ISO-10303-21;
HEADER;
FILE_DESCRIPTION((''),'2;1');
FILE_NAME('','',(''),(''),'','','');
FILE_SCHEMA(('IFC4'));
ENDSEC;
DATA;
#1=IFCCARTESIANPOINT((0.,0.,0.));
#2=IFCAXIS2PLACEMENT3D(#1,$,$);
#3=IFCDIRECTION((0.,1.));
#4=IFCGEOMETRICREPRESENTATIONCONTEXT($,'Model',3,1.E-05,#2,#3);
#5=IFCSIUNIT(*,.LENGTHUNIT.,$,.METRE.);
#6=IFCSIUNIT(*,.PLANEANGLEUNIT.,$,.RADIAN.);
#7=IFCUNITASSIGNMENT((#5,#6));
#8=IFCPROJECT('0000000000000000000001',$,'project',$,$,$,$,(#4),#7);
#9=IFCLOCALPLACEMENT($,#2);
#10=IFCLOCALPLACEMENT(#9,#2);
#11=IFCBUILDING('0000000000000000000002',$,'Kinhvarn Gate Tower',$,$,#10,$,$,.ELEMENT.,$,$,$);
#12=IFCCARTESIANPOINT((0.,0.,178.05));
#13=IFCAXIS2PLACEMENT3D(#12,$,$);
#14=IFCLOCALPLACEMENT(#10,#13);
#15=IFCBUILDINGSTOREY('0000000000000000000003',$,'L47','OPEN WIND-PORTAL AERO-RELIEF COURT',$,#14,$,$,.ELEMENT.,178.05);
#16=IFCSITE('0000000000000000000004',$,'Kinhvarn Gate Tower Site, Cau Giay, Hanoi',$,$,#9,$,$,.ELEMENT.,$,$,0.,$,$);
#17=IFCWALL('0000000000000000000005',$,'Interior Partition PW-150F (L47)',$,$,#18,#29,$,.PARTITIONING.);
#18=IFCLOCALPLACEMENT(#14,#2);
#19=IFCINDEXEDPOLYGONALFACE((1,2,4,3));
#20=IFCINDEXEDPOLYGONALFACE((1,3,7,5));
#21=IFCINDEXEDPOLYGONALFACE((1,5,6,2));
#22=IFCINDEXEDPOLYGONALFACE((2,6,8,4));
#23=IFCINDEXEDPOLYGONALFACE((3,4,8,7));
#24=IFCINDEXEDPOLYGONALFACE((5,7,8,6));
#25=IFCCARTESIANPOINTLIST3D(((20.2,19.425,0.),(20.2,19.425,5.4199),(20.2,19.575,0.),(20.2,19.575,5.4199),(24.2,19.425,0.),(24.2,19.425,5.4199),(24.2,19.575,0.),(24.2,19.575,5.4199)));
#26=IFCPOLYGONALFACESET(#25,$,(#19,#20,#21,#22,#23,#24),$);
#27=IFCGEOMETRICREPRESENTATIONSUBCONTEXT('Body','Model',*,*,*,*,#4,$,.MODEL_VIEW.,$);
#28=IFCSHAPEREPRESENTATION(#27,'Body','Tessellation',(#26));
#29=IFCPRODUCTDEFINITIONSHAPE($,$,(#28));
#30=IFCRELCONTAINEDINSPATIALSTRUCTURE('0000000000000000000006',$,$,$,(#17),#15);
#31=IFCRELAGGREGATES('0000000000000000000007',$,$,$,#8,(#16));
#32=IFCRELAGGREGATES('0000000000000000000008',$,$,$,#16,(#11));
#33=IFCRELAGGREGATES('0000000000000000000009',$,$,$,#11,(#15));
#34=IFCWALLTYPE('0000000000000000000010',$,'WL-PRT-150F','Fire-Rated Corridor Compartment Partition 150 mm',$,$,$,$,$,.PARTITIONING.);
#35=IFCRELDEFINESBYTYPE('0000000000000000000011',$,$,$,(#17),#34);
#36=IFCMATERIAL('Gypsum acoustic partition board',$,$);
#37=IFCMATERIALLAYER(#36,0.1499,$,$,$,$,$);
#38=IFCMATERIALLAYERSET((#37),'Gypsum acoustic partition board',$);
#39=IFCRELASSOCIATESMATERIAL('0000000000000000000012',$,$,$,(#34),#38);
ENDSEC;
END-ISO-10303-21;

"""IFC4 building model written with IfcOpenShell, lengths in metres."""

from ifc_helpers import new_model, si_unit, direction, frame, frame_2d, origin, place, context, subcontext, project, spatial, rectangle, extrude, material, layer, layer_set, type_object, element, save


model = new_model("IFC4")

# Units and contexts
model_context = context("Model", 3, precision=1e-05, world=origin(), true_north=direction((0.0, 1.0)))
body_context = subcontext(model_context, "Body", "Model", "MODEL_VIEW")
ifc_project = project(units=[si_unit("LENGTHUNIT", "METRE"), si_unit("PLANEANGLEUNIT", "RADIAN")], contexts=[model_context])

# Site, building, storey
site_placement = place(None, origin())
site = spatial("IfcSite", under=ifc_project, at=site_placement, Name="Kinhvarn Gate Tower Site, Cau Giay, Hanoi", CompositionType="ELEMENT", RefElevation=0.0)
building_placement = place(site_placement, origin())
building = spatial("IfcBuilding", under=site, at=building_placement, Name="Kinhvarn Gate Tower", CompositionType="ELEMENT")
storey_placement = place(building_placement, frame((0.0, 0.0, 178.05)))
storey = spatial("IfcBuildingStorey", under=building, at=storey_placement, Name="L47", Description="OPEN WIND-PORTAL AERO-RELIEF COURT", CompositionType="ELEMENT", Elevation=178.05)

# Shared definitions
ifc_material_1 = material(Name="Gypsum acoustic partition board")
ifc_layer_1 = layer(ifc_material_1, 0.1499)
ifc_layer_set_1 = layer_set([ifc_layer_1], Name="Gypsum acoustic partition board")
wall_type_1 = type_object("IfcWallType", Name="WL-PRT-150F", Description="Fire-Rated Corridor Compartment Partition 150 mm", PredefinedType="PARTITIONING", material=ifc_layer_set_1)

# Wall
wall_1_placement = place(storey_placement, frame((20.2, 19.5, 0.0), z_axis=(0.0, 0.0, 1.0), x_axis=(1.0, 0.0, 0.0)))
element("IfcWall", 1, at=wall_1_placement, inside=storey, type_object=wall_type_1, Name="Interior Partition PW-150F (L47)", PredefinedType="PARTITIONING", context=body_context, shape_type="SweptSolid", body=[
    extrude(rectangle(XDim=4.0, YDim=0.1499, at=frame_2d((2.0, 0.0))), origin(), (0.0, 0.0, 1.0), 5.4199),
])

save(model, "model.ifc")
